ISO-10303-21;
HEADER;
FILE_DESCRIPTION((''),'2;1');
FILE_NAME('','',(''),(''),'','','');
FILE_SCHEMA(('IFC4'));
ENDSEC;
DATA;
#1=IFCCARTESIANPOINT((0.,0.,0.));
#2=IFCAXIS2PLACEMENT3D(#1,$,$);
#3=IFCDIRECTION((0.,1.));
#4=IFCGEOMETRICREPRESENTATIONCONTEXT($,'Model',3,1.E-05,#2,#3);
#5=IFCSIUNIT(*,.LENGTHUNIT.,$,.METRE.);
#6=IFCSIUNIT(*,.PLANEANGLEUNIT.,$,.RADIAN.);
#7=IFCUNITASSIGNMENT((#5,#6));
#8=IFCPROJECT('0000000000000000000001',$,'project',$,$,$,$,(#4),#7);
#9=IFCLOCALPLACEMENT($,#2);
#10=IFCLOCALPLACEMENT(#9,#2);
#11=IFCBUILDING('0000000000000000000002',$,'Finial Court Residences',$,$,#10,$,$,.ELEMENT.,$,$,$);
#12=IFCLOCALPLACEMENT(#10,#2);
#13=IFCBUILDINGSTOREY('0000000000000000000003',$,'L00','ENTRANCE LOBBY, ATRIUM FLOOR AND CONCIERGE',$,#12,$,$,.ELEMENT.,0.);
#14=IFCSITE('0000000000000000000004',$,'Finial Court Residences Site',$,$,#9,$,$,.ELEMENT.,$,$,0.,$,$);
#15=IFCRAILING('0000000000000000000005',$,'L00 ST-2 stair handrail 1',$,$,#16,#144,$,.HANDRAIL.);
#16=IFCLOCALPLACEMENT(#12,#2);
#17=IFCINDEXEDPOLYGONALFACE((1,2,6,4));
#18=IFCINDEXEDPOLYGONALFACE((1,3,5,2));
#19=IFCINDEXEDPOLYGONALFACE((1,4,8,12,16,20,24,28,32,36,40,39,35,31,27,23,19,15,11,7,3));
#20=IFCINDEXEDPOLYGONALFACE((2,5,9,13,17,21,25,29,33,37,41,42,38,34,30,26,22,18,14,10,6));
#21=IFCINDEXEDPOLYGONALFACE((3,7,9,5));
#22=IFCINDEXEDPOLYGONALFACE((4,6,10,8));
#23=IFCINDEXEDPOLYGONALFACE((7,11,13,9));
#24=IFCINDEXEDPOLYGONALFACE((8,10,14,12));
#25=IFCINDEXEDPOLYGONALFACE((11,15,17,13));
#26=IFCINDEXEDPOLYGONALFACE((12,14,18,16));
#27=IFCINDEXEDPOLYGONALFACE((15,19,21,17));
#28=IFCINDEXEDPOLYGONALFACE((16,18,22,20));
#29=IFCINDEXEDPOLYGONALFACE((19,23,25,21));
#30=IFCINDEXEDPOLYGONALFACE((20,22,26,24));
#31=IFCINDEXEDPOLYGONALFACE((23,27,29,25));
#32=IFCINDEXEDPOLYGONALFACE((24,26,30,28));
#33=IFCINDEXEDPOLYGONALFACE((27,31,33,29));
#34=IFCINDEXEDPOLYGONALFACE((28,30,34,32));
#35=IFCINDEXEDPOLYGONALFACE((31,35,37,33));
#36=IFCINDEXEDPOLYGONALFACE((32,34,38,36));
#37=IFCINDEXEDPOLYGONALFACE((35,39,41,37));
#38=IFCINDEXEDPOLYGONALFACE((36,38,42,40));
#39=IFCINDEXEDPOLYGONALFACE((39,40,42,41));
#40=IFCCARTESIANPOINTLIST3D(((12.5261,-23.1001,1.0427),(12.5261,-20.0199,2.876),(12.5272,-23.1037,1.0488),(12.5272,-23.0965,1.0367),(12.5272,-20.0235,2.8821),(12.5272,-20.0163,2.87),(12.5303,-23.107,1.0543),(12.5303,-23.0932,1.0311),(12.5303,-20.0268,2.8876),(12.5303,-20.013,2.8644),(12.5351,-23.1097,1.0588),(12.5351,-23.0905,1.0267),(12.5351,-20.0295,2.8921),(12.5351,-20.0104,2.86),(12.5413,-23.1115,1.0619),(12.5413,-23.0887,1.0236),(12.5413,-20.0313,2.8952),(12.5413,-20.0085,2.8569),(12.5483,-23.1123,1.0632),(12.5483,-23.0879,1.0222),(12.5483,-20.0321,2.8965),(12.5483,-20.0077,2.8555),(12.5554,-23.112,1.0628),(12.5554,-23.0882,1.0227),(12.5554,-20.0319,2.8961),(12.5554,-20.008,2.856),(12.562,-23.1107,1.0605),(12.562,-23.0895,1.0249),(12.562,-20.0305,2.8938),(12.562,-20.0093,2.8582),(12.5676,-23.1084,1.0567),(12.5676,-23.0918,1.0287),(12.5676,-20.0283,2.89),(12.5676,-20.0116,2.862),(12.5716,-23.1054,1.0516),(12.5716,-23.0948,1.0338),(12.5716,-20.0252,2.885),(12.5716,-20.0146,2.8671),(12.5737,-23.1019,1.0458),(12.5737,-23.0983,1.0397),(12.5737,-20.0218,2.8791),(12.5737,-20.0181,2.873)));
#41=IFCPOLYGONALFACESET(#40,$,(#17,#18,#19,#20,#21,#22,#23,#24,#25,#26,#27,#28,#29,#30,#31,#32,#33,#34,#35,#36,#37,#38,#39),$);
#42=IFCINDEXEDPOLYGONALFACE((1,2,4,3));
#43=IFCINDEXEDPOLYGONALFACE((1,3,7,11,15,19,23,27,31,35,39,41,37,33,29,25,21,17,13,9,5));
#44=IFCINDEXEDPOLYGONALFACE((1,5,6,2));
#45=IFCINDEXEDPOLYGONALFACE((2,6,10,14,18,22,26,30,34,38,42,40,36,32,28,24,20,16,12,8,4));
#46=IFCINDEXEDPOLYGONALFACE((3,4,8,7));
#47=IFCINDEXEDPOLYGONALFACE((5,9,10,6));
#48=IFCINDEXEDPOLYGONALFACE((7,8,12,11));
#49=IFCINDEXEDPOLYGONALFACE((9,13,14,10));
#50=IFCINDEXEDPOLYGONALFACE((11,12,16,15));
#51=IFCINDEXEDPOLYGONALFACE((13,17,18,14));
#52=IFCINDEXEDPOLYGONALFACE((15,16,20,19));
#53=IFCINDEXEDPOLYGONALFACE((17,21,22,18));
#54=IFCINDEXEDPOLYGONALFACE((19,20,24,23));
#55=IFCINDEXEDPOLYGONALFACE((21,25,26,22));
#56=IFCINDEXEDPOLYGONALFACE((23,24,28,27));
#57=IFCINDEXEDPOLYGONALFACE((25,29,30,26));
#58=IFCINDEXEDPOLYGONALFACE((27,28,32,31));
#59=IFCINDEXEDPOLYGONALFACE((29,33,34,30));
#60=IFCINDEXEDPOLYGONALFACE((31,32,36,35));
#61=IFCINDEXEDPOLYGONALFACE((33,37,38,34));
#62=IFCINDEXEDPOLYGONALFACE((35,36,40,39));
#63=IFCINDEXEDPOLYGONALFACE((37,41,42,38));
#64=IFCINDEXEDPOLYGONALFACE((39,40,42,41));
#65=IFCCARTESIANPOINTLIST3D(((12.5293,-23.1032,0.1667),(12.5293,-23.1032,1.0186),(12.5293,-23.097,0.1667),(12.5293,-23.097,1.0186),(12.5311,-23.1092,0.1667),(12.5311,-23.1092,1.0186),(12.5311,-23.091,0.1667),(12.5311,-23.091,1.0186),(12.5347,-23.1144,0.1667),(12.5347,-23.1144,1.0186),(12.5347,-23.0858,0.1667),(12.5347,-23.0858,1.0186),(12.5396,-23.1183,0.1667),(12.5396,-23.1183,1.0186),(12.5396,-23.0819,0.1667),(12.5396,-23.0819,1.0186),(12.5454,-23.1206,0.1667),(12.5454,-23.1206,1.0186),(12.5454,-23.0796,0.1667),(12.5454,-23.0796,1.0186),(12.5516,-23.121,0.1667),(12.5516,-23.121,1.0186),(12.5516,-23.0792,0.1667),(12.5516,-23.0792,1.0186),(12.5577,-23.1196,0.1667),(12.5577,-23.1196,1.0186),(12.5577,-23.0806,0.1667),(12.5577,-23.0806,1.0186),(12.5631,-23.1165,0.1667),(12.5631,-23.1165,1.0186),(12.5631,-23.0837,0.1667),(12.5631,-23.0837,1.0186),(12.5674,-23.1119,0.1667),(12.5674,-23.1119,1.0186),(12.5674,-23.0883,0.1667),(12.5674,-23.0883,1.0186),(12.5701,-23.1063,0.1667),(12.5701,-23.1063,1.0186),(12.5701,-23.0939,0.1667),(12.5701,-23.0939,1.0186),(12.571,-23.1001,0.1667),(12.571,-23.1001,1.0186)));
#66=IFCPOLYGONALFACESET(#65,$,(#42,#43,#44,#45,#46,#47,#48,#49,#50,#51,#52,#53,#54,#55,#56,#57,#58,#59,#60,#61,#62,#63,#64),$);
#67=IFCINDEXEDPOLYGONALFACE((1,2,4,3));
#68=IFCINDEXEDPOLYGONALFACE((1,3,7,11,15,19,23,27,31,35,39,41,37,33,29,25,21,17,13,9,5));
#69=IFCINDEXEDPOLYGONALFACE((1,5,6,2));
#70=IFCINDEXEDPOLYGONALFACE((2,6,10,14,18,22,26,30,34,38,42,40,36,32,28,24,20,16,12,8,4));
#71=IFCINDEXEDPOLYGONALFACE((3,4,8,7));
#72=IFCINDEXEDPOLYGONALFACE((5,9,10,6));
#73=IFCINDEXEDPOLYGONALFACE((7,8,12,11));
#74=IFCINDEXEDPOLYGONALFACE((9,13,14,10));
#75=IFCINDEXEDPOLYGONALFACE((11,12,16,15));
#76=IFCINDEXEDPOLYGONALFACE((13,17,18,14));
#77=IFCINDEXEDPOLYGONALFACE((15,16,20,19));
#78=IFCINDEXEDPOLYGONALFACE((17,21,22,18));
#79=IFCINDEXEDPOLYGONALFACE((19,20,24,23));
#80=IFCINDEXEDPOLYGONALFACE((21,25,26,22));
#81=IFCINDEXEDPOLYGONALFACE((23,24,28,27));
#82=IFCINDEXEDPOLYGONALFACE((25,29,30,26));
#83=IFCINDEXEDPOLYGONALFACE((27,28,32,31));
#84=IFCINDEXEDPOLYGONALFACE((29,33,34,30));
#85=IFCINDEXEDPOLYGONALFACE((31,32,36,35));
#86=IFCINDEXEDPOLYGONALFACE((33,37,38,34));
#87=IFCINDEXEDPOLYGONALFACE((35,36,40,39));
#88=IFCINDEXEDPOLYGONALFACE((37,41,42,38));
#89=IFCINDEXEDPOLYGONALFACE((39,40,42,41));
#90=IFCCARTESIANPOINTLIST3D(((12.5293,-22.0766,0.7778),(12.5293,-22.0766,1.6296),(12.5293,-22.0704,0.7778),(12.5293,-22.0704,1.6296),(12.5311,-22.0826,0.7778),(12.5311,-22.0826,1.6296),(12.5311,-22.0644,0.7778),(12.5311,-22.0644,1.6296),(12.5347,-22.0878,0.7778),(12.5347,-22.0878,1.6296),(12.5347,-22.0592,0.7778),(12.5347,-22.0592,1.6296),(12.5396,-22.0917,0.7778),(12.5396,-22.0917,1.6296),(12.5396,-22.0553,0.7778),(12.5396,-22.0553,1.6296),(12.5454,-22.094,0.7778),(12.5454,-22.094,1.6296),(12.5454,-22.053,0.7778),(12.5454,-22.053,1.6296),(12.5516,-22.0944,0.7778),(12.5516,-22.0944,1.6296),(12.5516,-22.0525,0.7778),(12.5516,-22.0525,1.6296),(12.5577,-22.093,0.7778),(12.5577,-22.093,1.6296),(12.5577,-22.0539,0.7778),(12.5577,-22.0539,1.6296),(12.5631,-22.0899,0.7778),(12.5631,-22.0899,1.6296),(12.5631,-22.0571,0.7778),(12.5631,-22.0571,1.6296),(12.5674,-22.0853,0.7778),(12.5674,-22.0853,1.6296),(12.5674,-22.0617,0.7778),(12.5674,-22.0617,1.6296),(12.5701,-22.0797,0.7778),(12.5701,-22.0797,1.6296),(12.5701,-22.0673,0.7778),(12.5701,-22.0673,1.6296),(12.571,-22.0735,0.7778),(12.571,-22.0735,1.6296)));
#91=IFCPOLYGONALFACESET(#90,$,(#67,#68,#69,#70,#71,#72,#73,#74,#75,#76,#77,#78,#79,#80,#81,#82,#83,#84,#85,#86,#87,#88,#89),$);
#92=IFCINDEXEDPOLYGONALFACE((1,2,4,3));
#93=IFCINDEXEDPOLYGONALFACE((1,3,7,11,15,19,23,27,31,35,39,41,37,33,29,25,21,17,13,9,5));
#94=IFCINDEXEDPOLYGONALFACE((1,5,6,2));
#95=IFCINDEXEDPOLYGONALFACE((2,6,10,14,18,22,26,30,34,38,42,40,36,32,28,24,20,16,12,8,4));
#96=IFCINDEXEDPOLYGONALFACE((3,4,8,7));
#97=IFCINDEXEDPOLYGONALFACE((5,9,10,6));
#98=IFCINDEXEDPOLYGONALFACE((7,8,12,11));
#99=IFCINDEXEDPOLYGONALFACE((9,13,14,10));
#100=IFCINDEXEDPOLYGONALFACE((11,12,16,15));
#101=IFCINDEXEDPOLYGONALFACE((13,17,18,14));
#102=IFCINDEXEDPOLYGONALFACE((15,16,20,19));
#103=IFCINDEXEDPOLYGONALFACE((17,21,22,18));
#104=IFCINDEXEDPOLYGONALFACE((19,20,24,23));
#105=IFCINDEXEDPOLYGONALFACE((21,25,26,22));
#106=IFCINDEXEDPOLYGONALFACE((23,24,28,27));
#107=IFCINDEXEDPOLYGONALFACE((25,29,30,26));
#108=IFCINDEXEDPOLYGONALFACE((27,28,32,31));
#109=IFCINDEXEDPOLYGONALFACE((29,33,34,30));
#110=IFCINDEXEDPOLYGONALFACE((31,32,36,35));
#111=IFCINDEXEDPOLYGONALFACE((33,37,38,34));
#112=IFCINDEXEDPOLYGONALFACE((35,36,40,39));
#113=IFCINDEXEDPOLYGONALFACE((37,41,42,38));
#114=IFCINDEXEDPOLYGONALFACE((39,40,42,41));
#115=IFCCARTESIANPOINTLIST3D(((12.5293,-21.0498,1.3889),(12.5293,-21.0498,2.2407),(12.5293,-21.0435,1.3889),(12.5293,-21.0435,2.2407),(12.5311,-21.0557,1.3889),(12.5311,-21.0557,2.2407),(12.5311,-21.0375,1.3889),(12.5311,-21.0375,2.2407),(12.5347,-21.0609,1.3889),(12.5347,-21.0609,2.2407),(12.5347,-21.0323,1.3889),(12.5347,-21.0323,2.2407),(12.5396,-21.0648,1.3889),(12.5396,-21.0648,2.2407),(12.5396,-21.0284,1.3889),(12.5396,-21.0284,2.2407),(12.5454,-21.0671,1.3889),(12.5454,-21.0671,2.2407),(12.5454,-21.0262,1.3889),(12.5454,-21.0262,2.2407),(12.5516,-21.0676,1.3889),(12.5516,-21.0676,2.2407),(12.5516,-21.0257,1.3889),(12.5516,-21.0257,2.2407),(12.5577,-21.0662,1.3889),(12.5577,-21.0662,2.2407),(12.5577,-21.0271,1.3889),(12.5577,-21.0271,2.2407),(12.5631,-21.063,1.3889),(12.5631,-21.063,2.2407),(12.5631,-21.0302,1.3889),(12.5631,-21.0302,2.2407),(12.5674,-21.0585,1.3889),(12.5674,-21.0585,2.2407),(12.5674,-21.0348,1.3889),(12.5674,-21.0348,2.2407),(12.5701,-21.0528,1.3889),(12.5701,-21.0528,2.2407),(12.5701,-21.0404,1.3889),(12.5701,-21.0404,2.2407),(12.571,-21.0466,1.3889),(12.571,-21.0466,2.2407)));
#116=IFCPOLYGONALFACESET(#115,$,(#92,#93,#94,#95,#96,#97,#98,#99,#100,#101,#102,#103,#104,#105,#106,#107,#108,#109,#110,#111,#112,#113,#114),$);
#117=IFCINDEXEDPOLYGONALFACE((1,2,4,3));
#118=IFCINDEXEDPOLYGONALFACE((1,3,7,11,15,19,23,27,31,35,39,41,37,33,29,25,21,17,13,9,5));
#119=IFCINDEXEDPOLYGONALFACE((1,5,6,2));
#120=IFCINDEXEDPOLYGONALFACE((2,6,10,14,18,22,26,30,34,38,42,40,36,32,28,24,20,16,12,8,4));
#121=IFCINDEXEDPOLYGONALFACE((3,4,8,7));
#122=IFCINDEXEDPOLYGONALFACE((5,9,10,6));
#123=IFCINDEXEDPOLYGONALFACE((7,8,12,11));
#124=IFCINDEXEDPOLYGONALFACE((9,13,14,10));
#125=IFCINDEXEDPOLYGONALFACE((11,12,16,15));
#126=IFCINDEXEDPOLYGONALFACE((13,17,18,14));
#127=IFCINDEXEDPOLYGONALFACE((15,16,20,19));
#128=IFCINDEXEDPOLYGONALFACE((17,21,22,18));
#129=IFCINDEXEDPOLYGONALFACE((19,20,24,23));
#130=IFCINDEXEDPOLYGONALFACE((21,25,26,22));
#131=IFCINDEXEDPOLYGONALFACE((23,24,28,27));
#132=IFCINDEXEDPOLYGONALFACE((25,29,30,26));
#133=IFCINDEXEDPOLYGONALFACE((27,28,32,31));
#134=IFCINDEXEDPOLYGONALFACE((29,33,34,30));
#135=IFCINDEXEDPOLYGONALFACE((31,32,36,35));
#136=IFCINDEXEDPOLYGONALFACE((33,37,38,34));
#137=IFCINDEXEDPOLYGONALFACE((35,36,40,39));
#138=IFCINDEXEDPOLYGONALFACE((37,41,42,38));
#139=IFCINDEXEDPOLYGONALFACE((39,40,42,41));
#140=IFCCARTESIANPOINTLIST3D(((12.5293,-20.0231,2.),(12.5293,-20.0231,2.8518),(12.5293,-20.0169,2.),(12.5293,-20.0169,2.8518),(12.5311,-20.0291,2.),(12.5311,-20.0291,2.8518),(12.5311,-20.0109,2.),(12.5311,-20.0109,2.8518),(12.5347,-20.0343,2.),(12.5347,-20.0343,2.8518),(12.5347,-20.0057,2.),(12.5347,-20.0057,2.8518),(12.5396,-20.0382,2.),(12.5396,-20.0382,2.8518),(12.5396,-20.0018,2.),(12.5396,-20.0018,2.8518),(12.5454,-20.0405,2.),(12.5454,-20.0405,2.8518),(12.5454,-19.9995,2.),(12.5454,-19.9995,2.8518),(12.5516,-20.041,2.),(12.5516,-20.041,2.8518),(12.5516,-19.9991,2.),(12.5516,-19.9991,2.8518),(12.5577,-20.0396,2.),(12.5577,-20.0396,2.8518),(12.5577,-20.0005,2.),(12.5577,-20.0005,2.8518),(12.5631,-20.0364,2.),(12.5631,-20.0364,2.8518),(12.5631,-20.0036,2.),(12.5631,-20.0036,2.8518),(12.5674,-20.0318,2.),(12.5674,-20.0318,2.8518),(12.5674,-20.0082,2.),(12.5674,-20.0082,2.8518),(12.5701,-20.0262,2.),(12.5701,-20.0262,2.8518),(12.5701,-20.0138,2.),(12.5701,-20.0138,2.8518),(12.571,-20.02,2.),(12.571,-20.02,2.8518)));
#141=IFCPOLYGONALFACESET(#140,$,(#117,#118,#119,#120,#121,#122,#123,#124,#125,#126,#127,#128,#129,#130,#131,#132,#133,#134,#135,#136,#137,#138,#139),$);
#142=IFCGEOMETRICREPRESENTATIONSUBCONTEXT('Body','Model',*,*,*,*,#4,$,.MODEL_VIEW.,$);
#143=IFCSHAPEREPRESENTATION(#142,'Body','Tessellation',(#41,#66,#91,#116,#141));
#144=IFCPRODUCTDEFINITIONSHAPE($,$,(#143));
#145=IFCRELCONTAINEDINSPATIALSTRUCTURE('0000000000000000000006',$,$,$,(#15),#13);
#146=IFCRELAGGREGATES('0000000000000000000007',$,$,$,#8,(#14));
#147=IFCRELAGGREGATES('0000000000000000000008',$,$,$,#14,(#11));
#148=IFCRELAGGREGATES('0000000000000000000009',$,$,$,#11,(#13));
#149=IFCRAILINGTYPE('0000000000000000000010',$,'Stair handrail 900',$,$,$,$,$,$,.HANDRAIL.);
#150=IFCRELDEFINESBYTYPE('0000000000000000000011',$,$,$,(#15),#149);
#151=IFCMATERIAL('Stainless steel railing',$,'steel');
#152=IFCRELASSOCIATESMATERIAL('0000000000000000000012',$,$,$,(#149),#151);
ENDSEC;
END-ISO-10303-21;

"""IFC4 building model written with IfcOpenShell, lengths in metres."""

from ifc_helpers import new_model, si_unit, direction, frame, origin, origin_2d, place, context, subcontext, project, spatial, circle, extrude, material, type_object, element, save


model = new_model("IFC4")

# Units and contexts
model_context = context("Model", 3, precision=1e-05, world=origin(), true_north=direction((0.0, 1.0)))
body_context = subcontext(model_context, "Body", "Model", "MODEL_VIEW")
ifc_project = project(units=[si_unit("LENGTHUNIT", "METRE"), si_unit("PLANEANGLEUNIT", "RADIAN")], contexts=[model_context])

# Site, building, storey
site_placement = place(None, origin())
site = spatial("IfcSite", under=ifc_project, at=site_placement, Name="Finial Court Residences Site", CompositionType="ELEMENT", RefElevation=0.0)
building_placement = place(site_placement, origin())
building = spatial("IfcBuilding", under=site, at=building_placement, Name="Finial Court Residences", CompositionType="ELEMENT")
storey_placement = place(building_placement, origin())
storey = spatial("IfcBuildingStorey", under=building, at=storey_placement, Name="L00", Description="ENTRANCE LOBBY, ATRIUM FLOOR AND CONCIERGE", CompositionType="ELEMENT", Elevation=0.0)

# Railing
ifc_material_1 = material(Name="Stainless steel railing", Category="steel")
railing_type_1 = type_object("IfcRailingType", Name="Stair handrail 900", PredefinedType="HANDRAIL", material=ifc_material_1)
railing_1_placement = place(storey_placement, frame((12.55, -23.1001, 0.1667)))
element("IfcRailing", 1, at=railing_1_placement, inside=storey, type_object=railing_type_1, Name="L00 ST-2 stair handrail 1", PredefinedType="HANDRAIL", context=body_context, shape_type="SweptSolid", body=[
    extrude(circle(Radius=0.0239, at=origin_2d()), frame((0.0, 0.0, 0.876), z_axis=(0.0, 0.859309, 0.511458), x_axis=(-1.0, 0.0, 0.0)), (0.0, 0.0, 1.0), 3.5845),
    extrude(circle(Radius=0.021, at=origin_2d()), origin(), (0.0, 0.0, 1.0), 0.8518),
    extrude(circle(Radius=0.021, at=origin_2d()), frame((0.0, 1.0266, 0.6111)), (0.0, 0.0, 1.0), 0.8518),
    extrude(circle(Radius=0.021, at=origin_2d()), frame((0.0, 2.0535, 1.2222)), (0.0, 0.0, 1.0), 0.8518),
    extrude(circle(Radius=0.021, at=origin_2d()), frame((0.0, 3.0801, 1.8333)), (0.0, 0.0, 1.0), 0.8518),
])

save(model, "model.ifc")
